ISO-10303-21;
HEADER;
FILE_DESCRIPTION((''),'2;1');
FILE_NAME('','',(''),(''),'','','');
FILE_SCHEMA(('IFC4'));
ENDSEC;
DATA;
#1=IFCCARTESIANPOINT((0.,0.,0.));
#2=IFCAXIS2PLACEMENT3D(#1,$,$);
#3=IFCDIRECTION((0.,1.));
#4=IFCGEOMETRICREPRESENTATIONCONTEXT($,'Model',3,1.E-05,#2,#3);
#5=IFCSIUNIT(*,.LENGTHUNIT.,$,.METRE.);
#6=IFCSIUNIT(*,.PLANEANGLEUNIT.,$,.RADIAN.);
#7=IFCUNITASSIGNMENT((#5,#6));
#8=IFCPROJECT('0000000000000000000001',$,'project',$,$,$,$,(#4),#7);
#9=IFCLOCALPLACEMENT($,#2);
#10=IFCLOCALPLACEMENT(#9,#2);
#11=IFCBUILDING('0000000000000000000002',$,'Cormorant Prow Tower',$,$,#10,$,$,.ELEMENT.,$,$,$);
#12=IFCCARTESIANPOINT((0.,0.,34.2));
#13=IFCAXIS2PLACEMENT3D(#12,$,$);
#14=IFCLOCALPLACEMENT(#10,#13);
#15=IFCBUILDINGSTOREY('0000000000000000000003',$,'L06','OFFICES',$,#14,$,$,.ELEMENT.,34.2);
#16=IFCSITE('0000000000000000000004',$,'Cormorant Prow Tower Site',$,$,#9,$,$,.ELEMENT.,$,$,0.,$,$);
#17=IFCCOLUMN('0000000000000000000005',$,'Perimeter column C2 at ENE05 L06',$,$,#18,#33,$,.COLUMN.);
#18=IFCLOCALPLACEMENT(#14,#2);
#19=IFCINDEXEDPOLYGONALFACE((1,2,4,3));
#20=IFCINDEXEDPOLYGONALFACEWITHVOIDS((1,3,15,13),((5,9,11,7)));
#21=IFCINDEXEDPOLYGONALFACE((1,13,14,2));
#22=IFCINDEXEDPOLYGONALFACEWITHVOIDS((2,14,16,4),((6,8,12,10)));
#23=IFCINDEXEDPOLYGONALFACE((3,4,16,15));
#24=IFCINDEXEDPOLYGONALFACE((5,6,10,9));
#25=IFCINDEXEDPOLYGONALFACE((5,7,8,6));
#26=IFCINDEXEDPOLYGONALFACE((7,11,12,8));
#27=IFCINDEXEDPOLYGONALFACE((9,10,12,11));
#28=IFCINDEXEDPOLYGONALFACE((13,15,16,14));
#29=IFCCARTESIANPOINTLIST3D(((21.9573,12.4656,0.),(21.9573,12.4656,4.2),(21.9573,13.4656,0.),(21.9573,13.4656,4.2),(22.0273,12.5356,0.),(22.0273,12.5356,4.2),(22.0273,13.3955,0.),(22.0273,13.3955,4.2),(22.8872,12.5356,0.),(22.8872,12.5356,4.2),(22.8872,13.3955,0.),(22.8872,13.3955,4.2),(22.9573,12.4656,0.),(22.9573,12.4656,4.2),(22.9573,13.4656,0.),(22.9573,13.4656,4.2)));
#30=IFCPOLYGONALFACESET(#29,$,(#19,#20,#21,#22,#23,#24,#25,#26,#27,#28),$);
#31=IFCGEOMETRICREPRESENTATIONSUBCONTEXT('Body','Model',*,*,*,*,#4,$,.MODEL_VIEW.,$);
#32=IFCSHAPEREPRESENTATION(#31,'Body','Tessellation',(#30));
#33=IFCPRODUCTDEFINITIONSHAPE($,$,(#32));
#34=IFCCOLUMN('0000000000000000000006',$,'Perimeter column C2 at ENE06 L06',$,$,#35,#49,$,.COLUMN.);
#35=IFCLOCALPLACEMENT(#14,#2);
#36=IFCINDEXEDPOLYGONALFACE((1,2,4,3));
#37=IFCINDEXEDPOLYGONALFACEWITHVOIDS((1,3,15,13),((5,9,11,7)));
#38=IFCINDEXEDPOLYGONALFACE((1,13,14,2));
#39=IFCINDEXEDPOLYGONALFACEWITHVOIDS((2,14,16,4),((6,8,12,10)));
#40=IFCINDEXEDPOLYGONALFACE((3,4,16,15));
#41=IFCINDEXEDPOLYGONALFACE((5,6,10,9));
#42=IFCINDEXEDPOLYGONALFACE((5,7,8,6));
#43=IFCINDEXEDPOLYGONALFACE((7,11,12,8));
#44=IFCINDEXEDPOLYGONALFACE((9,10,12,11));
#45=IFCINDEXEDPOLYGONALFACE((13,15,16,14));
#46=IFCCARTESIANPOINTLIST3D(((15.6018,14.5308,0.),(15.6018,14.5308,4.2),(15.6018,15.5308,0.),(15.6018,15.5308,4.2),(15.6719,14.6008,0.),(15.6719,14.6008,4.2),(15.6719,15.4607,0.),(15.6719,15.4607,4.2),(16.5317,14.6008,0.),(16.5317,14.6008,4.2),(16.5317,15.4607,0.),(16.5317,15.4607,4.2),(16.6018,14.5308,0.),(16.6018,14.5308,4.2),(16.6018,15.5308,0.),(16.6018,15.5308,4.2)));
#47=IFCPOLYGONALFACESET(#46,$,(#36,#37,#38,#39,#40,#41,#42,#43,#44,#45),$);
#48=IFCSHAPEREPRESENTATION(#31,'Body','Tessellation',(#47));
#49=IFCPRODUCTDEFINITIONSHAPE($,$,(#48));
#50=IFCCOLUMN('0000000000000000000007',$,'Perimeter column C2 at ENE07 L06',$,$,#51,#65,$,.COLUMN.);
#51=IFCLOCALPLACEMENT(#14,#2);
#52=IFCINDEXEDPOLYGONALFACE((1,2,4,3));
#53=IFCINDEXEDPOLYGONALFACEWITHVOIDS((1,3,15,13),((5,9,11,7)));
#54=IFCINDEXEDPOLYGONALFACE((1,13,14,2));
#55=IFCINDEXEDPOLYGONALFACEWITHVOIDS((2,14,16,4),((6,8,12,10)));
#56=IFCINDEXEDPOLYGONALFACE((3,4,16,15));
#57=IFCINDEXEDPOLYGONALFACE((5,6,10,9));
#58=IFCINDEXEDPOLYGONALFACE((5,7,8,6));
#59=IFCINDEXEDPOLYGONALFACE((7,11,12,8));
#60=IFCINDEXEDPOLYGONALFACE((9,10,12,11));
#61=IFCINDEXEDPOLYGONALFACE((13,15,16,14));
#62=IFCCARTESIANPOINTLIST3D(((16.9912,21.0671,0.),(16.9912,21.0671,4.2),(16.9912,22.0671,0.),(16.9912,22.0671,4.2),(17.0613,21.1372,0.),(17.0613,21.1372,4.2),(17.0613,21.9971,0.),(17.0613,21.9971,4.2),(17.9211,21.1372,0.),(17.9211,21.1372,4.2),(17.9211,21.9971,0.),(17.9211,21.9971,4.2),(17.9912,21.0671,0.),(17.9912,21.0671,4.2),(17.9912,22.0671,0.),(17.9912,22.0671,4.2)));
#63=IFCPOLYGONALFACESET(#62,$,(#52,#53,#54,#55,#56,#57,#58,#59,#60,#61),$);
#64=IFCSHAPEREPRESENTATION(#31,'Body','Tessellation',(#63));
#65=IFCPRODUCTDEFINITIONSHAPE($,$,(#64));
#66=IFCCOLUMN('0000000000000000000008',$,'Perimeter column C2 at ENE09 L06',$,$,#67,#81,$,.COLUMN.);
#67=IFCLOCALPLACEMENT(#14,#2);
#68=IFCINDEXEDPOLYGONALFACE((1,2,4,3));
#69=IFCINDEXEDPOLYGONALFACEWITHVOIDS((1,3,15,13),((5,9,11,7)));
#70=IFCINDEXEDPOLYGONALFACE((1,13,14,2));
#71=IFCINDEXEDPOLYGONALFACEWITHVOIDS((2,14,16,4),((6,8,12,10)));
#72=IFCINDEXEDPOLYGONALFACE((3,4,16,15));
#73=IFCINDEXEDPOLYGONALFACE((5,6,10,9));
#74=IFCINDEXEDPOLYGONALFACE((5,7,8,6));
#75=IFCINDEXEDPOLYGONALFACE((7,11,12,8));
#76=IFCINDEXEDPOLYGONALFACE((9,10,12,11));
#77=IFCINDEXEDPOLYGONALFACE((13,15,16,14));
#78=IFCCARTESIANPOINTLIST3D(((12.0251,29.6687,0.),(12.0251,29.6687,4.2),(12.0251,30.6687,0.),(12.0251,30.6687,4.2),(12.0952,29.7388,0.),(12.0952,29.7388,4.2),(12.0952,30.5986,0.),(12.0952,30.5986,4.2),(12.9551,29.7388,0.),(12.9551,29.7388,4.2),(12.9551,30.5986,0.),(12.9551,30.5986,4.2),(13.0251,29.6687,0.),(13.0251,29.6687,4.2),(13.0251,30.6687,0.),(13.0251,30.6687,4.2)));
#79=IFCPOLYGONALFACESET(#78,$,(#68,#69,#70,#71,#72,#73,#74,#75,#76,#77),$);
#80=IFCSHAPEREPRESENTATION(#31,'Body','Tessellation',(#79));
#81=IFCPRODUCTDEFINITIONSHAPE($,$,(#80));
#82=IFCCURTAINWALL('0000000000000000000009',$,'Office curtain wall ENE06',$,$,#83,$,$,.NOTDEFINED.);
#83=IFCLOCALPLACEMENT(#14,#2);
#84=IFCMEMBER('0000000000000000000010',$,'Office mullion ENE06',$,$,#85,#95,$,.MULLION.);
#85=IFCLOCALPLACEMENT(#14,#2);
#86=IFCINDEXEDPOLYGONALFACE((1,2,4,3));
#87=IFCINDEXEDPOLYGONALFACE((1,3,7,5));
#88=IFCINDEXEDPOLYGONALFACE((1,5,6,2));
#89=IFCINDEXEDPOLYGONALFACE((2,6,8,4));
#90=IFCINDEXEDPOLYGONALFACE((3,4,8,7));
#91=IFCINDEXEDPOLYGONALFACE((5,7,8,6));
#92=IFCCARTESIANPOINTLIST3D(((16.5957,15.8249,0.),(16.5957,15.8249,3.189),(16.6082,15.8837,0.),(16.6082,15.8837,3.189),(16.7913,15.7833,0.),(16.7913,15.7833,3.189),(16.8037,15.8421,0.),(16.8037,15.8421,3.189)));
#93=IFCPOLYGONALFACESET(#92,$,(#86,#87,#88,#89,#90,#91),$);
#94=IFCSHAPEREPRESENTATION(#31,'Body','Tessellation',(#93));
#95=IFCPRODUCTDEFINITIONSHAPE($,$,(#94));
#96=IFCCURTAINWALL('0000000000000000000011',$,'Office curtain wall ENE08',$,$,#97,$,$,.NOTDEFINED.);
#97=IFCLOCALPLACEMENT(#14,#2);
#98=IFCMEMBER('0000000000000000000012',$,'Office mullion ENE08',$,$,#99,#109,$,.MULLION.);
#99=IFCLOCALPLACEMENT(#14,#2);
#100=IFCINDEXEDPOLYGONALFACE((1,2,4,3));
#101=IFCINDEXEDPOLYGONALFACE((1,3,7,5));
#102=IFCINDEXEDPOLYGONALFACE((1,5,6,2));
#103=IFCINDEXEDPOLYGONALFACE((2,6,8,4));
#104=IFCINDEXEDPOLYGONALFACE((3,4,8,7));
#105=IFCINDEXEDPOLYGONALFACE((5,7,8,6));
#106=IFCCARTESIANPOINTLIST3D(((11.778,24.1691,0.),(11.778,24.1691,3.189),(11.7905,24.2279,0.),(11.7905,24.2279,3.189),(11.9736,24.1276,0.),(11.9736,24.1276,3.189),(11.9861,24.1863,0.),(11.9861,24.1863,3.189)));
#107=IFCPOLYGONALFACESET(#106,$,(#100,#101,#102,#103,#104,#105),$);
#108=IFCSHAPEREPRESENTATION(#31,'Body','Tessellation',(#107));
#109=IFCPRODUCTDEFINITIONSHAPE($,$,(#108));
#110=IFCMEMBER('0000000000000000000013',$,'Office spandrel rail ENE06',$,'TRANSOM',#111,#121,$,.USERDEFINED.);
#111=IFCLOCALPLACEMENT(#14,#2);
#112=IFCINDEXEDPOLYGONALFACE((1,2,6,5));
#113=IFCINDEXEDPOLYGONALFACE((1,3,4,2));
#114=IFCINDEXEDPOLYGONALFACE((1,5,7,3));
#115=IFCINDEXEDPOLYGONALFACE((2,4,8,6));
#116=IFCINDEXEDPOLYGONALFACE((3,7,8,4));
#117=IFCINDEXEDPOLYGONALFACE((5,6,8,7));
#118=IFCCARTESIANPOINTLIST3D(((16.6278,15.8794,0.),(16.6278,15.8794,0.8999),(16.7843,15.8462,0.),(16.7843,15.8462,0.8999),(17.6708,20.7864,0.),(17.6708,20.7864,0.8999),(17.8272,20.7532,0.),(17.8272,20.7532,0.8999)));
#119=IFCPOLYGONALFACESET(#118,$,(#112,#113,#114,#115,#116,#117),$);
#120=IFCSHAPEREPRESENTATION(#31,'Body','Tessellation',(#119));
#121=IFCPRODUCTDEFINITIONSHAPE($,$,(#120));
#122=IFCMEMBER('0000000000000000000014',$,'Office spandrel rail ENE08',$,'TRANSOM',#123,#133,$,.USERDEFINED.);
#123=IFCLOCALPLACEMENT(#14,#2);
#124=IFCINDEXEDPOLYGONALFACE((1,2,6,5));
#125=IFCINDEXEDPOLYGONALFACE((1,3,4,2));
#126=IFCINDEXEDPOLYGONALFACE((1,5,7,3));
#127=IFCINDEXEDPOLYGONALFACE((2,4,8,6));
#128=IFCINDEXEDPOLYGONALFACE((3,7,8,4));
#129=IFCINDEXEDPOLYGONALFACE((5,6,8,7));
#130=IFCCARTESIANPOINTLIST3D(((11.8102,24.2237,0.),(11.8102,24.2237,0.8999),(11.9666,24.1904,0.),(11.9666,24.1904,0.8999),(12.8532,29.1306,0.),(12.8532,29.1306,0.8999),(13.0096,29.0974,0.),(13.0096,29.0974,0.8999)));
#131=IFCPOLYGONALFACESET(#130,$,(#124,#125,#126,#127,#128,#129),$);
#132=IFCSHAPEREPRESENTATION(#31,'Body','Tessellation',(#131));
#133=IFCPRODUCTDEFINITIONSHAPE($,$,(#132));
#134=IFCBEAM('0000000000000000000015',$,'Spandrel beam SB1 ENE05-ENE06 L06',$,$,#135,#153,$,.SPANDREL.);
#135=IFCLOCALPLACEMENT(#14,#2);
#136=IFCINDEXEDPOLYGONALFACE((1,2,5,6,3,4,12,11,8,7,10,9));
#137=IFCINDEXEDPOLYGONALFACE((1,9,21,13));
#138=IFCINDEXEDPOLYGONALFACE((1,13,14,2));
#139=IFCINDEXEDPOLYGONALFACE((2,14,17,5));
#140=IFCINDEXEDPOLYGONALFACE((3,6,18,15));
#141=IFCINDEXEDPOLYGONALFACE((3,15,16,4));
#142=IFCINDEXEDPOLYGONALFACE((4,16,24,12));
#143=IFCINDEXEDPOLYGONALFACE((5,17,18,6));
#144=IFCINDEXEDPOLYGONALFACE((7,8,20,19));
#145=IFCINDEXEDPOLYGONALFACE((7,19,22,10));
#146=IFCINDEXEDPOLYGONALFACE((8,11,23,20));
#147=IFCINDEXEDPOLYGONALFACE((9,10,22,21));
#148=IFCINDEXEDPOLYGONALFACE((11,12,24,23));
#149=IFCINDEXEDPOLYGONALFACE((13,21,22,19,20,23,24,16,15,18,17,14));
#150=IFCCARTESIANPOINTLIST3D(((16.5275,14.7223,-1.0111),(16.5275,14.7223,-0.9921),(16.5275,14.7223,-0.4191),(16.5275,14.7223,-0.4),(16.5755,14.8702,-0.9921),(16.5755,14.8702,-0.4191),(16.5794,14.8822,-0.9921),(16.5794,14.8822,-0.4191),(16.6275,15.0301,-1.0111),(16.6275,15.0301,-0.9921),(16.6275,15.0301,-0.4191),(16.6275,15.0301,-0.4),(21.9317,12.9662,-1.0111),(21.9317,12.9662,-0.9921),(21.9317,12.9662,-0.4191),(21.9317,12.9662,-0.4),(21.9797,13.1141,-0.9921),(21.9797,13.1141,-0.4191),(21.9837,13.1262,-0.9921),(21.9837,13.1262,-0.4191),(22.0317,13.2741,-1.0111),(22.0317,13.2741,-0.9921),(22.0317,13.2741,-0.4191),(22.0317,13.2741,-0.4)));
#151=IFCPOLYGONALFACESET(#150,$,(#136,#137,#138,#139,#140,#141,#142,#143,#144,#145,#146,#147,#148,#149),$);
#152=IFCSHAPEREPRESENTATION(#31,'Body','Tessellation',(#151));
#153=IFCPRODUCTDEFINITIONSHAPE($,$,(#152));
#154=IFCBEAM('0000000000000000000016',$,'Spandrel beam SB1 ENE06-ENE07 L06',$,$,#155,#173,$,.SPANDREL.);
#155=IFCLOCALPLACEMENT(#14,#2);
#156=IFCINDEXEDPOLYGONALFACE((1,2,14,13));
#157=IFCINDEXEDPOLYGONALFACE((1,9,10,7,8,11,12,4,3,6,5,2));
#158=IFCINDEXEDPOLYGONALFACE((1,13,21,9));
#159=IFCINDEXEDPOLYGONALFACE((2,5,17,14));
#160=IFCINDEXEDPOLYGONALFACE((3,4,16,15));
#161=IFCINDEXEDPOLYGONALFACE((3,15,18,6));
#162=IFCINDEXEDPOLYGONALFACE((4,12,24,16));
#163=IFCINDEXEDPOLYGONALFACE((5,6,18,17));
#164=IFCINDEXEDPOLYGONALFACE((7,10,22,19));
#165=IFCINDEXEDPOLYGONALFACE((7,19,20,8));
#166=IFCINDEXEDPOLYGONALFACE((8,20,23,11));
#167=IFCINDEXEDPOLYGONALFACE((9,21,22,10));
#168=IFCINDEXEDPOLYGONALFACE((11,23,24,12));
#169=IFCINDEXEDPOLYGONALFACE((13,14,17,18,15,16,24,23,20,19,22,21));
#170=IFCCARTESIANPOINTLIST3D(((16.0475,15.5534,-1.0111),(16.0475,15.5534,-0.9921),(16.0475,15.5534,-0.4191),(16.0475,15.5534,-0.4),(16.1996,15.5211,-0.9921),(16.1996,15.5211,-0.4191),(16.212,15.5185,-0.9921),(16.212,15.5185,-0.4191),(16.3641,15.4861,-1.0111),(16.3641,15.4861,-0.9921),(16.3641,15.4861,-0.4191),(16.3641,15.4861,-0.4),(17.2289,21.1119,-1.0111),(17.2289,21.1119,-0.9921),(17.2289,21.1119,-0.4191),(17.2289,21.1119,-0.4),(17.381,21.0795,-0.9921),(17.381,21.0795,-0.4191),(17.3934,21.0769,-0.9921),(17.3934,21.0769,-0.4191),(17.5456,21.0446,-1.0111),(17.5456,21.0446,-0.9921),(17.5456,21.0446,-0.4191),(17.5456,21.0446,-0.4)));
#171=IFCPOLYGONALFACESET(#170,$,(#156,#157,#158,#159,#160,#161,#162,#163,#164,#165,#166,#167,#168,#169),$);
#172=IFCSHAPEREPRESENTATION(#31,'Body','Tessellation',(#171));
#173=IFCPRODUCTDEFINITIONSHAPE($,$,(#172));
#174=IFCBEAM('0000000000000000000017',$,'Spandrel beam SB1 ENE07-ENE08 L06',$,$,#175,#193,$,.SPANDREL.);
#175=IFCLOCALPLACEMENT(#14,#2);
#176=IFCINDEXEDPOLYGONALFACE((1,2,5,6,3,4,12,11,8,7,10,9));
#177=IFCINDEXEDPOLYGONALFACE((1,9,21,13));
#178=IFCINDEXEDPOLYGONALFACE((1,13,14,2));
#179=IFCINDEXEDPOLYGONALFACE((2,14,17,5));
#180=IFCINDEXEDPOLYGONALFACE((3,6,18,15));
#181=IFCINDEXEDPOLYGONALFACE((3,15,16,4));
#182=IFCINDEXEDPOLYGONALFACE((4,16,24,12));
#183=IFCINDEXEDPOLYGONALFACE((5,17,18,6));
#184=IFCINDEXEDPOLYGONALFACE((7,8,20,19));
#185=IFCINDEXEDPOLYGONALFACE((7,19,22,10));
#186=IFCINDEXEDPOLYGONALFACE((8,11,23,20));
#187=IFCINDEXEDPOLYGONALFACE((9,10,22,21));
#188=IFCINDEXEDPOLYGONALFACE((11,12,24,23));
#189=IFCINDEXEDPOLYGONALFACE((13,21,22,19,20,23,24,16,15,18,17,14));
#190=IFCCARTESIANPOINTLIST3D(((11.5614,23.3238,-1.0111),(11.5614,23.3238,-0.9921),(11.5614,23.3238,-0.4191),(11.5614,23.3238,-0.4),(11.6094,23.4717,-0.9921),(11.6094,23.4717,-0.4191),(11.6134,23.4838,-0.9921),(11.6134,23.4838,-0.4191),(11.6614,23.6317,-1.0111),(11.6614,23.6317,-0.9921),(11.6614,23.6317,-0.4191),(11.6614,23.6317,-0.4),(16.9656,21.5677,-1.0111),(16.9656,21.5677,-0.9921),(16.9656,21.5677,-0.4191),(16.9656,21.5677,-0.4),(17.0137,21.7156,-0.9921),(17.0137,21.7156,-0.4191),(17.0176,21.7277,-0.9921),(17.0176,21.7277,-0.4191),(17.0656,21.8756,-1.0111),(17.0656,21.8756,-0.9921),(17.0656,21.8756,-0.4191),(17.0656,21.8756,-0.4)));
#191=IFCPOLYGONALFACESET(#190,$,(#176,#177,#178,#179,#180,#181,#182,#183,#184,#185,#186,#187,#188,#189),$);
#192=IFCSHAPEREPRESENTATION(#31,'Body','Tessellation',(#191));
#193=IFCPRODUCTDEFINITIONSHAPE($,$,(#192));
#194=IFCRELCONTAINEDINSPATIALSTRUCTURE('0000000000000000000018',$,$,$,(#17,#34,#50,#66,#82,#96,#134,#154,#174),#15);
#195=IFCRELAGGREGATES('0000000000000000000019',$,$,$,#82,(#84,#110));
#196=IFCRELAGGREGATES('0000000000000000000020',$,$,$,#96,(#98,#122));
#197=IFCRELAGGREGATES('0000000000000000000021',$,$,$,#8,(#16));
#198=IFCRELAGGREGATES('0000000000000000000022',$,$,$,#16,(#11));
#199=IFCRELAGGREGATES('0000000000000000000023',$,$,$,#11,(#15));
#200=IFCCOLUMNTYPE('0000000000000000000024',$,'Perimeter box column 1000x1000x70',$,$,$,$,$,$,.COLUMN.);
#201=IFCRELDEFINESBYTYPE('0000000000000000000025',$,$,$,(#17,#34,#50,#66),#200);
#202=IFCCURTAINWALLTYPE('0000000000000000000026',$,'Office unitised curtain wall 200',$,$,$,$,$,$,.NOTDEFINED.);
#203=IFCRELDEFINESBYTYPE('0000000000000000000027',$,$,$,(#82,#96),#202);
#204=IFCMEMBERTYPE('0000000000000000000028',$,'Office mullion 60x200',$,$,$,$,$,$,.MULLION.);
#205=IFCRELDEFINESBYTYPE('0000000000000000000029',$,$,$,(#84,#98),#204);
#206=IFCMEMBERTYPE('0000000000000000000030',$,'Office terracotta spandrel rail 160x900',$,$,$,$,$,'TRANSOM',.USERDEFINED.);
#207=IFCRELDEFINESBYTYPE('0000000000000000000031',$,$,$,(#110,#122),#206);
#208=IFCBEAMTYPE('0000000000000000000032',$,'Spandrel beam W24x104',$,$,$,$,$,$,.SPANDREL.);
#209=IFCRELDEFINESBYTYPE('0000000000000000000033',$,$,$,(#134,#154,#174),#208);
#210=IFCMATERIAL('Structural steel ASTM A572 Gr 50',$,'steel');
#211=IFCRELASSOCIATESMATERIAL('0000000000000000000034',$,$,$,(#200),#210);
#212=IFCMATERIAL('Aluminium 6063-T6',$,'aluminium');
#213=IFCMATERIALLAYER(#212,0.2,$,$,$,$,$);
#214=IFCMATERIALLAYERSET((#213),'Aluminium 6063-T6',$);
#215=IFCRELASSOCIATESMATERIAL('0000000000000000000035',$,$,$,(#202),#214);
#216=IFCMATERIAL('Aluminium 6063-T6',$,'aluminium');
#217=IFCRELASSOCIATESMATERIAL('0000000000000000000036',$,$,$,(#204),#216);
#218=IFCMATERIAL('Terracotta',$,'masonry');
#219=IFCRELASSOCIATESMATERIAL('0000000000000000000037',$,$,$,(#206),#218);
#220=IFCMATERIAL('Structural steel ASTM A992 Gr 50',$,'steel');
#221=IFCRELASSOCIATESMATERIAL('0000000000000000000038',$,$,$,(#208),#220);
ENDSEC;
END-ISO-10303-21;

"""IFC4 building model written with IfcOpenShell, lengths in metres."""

from ifc_helpers import new_model, si_unit, direction, frame, origin, origin_2d, place, context, subcontext, project, spatial, rectangle, hollow_rectangle, i_section, extrude, material, layer, layer_set, material_profile, profile_set, type_object, element, aggregate, save


model = new_model("IFC4")

# Units and contexts
model_context = context("Model", 3, precision=1e-05, world=origin(), true_north=direction((0.0, 1.0)))
body_context = subcontext(model_context, "Body", "Model", "MODEL_VIEW")
ifc_project = project(units=[si_unit("LENGTHUNIT", "METRE"), si_unit("PLANEANGLEUNIT", "RADIAN")], contexts=[model_context])

# Site, building, storey
site_placement = place(None, origin())
site = spatial("IfcSite", under=ifc_project, at=site_placement, Name="Cormorant Prow Tower Site", CompositionType="ELEMENT", RefElevation=0.0)
building_placement = place(site_placement, origin())
building = spatial("IfcBuilding", under=site, at=building_placement, Name="Cormorant Prow Tower", CompositionType="ELEMENT")
storey_placement = place(building_placement, frame((0.0, 0.0, 34.2)))
storey = spatial("IfcBuildingStorey", under=building, at=storey_placement, Name="L06", Description="OFFICES", CompositionType="ELEMENT", Elevation=34.2)

# Columns
ifc_material_1 = material(Name="Structural steel ASTM A572 Gr 50", Category="steel")
ifc_material_profile_1 = material_profile(ifc_material_1, hollow_rectangle(XDim=1.0, YDim=1.0, WallThickness=0.0701, at=origin_2d()), Name="Box 1000x1000x70")
ifc_profile_set_1 = profile_set([ifc_material_profile_1], Name="Structural steel ASTM A572 Gr 50")
column_type = type_object("IfcColumnType", Name="Perimeter box column 1000x1000x70", PredefinedType="COLUMN", material=ifc_profile_set_1)
for number, where, z_axis, x_axis, name in (
    (1, (22.4573, 12.9656, 0.0), (0.0, 0.0, 1.0), (1.0, 0.0, 0.0), "Perimeter column C2 at ENE05 L06"),
    (2, (16.1018, 15.0308, 0.0), (0.0, 0.0, 1.0), (1.0, 0.0, 0.0), "Perimeter column C2 at ENE06 L06"),
    (3, (17.4912, 21.5671, 0.0), (0.0, 0.0, 1.0), (1.0, 0.0, 0.0), "Perimeter column C2 at ENE07 L06"),
    (4, (12.5251, 30.1687, 0.0), (0.0, 0.0, 1.0), (1.0, 0.0, 0.0), "Perimeter column C2 at ENE09 L06"),
):
    element("IfcColumn", number, at=place(storey_placement, frame(where, z_axis=z_axis, x_axis=x_axis)), inside=storey, type_object=column_type, Name=name, PredefinedType="COLUMN", context=body_context, shape_type="SweptSolid", body=[
        extrude(hollow_rectangle(XDim=1.0, YDim=1.0, WallThickness=0.0701, at=origin_2d()), origin(), (0.0, 0.0, 1.0), 4.2),
    ])

# Curtain walls, members
ifc_material_2 = material(Name="Aluminium 6063-T6", Category="aluminium")
ifc_layer_1 = layer(ifc_material_2, 0.2)
ifc_layer_set_1 = layer_set([ifc_layer_1], Name="Aluminium 6063-T6")
curtain_wall_type = type_object("IfcCurtainWallType", Name="Office unitised curtain wall 200", PredefinedType="NOTDEFINED", material=ifc_layer_set_1)
curtain_wall_1_placement = place(storey_placement, origin())
curtain_wall_1 = element("IfcCurtainWall", 5, at=curtain_wall_1_placement, inside=storey, type_object=curtain_wall_type, Name="Office curtain wall ENE06", PredefinedType="NOTDEFINED")
ifc_material_3 = material(Name="Aluminium 6063-T6", Category="aluminium")
ifc_material_profile_2 = material_profile(ifc_material_3, rectangle(XDim=0.2, YDim=0.0601, at=origin_2d()), Name="Office mullion 60x200")
ifc_profile_set_2 = profile_set([ifc_material_profile_2], Name="Aluminium 6063-T6")
member_type_1 = type_object("IfcMemberType", Name="Office mullion 60x200", PredefinedType="MULLION", material=ifc_profile_set_2)
member_1_placement = place(storey_placement, frame((16.6997, 15.8335, 0.0), z_axis=(0.0, 0.0, 1.0), x_axis=(-0.978148, 0.207912, 0.0)))
member_1 = element("IfcMember", 6, at=member_1_placement, type_object=member_type_1, Name="Office mullion ENE06", PredefinedType="MULLION", context=body_context, shape_type="SweptSolid", body=[
    extrude(rectangle(XDim=0.2, YDim=0.0601, at=origin_2d()), origin(), (0.0, 0.0, 1.0), 3.189),
])
curtain_wall_2_placement = place(storey_placement, origin())
curtain_wall_2 = element("IfcCurtainWall", 7, at=curtain_wall_2_placement, inside=storey, type_object=curtain_wall_type, Name="Office curtain wall ENE08", PredefinedType="NOTDEFINED")
member_2_placement = place(storey_placement, frame((11.8821, 24.1777, 0.0), z_axis=(0.0, 0.0, 1.0), x_axis=(-0.978148, 0.207912, 0.0)))
member_2 = element("IfcMember", 8, at=member_2_placement, type_object=member_type_1, Name="Office mullion ENE08", PredefinedType="MULLION", context=body_context, shape_type="SweptSolid", body=[
    extrude(rectangle(XDim=0.2, YDim=0.0601, at=origin_2d()), origin(), (0.0, 0.0, 1.0), 3.189),
])

# Members
ifc_material_4 = material(Name="Terracotta", Category="masonry")
ifc_material_profile_3 = material_profile(ifc_material_4, rectangle(XDim=0.1599, YDim=0.8999, at=origin_2d()), Name="Office terracotta spandrel rail 160x900")
ifc_profile_set_3 = profile_set([ifc_material_profile_3], Name="Terracotta")
member_type_2 = type_object("IfcMemberType", Name="Office terracotta spandrel rail 160x900", ElementType="TRANSOM", PredefinedType="USERDEFINED", material=ifc_profile_set_3)
member_3_placement = place(storey_placement, frame((16.7061, 15.8628, 0.45), z_axis=(0.207904, 0.978149, 0.0), x_axis=(-0.978149, 0.207904, 0.0)))
member_3 = element("IfcMember", 9, at=member_3_placement, type_object=member_type_2, Name="Office spandrel rail ENE06", ObjectType="TRANSOM", PredefinedType="USERDEFINED", context=body_context, shape_type="SweptSolid", body=[
    extrude(rectangle(XDim=0.1599, YDim=0.8999, at=origin_2d()), origin(), (0.0, 0.0, 1.0), 5.0166),
])
member_4_placement = place(storey_placement, frame((11.8884, 24.207, 0.45), z_axis=(0.207904, 0.978149, 0.0), x_axis=(-0.978149, 0.207904, 0.0)))
member_4 = element("IfcMember", 10, at=member_4_placement, type_object=member_type_2, Name="Office spandrel rail ENE08", ObjectType="TRANSOM", PredefinedType="USERDEFINED", context=body_context, shape_type="SweptSolid", body=[
    extrude(rectangle(XDim=0.1599, YDim=0.8999, at=origin_2d()), origin(), (0.0, 0.0, 1.0), 5.0166),
])

# Beams
ifc_material_5 = material(Name="Structural steel ASTM A992 Gr 50", Category="steel")
ifc_material_profile_4 = material_profile(ifc_material_5, i_section(OverallWidth=0.3237, OverallDepth=0.6111, WebThickness=0.0127, FlangeThickness=0.019, at=origin_2d()), Name="W24x104")
ifc_profile_set_4 = profile_set([ifc_material_profile_4], Name="Structural steel ASTM A992 Gr 50")
beam_type = type_object("IfcBeamType", Name="Spandrel beam W24x104", PredefinedType="SPANDREL", material=ifc_profile_set_4)
beam_1_placement = place(storey_placement, frame((21.9817, 13.1201, -0.7056), z_axis=(-0.951049, 0.309039, 0.0), x_axis=(-0.309039, -0.951049, 0.0)))
element("IfcBeam", 11, at=beam_1_placement, inside=storey, type_object=beam_type, Name="Spandrel beam SB1 ENE05-ENE06 L06", PredefinedType="SPANDREL", context=body_context, shape_type="SweptSolid", body=[
    extrude(i_section(OverallWidth=0.3237, OverallDepth=0.6111, WebThickness=0.0127, FlangeThickness=0.019, at=origin_2d()), origin(), (0.0, 0.0, 1.0), 5.6824),
])
beam_2_placement = place(storey_placement, frame((16.2058, 15.5198, -0.7056), z_axis=(0.2079, 0.97815, 0.0), x_axis=(-0.97815, 0.2079, 0.0)))
element("IfcBeam", 12, at=beam_2_placement, inside=storey, type_object=beam_type, Name="Spandrel beam SB1 ENE06-ENE07 L06", PredefinedType="SPANDREL", context=body_context, shape_type="SweptSolid", body=[
    extrude(i_section(OverallWidth=0.3237, OverallDepth=0.6111, WebThickness=0.0127, FlangeThickness=0.019, at=origin_2d()), origin(), (0.0, 0.0, 1.0), 5.6826),
])
beam_3_placement = place(storey_placement, frame((17.0156, 21.7217, -0.7056), z_axis=(-0.951049, 0.309039, 0.0), x_axis=(-0.309039, -0.951049, 0.0)))
element("IfcBeam", 13, at=beam_3_placement, inside=storey, type_object=beam_type, Name="Spandrel beam SB1 ENE07-ENE08 L06", PredefinedType="SPANDREL", context=body_context, shape_type="SweptSolid", body=[
    extrude(i_section(OverallWidth=0.3237, OverallDepth=0.6111, WebThickness=0.0127, FlangeThickness=0.019, at=origin_2d()), origin(), (0.0, 0.0, 1.0), 5.6824),
])

aggregate(curtain_wall_1, [member_1, member_3])
aggregate(curtain_wall_2, [member_2, member_4])

save(model, "model.ifc")
